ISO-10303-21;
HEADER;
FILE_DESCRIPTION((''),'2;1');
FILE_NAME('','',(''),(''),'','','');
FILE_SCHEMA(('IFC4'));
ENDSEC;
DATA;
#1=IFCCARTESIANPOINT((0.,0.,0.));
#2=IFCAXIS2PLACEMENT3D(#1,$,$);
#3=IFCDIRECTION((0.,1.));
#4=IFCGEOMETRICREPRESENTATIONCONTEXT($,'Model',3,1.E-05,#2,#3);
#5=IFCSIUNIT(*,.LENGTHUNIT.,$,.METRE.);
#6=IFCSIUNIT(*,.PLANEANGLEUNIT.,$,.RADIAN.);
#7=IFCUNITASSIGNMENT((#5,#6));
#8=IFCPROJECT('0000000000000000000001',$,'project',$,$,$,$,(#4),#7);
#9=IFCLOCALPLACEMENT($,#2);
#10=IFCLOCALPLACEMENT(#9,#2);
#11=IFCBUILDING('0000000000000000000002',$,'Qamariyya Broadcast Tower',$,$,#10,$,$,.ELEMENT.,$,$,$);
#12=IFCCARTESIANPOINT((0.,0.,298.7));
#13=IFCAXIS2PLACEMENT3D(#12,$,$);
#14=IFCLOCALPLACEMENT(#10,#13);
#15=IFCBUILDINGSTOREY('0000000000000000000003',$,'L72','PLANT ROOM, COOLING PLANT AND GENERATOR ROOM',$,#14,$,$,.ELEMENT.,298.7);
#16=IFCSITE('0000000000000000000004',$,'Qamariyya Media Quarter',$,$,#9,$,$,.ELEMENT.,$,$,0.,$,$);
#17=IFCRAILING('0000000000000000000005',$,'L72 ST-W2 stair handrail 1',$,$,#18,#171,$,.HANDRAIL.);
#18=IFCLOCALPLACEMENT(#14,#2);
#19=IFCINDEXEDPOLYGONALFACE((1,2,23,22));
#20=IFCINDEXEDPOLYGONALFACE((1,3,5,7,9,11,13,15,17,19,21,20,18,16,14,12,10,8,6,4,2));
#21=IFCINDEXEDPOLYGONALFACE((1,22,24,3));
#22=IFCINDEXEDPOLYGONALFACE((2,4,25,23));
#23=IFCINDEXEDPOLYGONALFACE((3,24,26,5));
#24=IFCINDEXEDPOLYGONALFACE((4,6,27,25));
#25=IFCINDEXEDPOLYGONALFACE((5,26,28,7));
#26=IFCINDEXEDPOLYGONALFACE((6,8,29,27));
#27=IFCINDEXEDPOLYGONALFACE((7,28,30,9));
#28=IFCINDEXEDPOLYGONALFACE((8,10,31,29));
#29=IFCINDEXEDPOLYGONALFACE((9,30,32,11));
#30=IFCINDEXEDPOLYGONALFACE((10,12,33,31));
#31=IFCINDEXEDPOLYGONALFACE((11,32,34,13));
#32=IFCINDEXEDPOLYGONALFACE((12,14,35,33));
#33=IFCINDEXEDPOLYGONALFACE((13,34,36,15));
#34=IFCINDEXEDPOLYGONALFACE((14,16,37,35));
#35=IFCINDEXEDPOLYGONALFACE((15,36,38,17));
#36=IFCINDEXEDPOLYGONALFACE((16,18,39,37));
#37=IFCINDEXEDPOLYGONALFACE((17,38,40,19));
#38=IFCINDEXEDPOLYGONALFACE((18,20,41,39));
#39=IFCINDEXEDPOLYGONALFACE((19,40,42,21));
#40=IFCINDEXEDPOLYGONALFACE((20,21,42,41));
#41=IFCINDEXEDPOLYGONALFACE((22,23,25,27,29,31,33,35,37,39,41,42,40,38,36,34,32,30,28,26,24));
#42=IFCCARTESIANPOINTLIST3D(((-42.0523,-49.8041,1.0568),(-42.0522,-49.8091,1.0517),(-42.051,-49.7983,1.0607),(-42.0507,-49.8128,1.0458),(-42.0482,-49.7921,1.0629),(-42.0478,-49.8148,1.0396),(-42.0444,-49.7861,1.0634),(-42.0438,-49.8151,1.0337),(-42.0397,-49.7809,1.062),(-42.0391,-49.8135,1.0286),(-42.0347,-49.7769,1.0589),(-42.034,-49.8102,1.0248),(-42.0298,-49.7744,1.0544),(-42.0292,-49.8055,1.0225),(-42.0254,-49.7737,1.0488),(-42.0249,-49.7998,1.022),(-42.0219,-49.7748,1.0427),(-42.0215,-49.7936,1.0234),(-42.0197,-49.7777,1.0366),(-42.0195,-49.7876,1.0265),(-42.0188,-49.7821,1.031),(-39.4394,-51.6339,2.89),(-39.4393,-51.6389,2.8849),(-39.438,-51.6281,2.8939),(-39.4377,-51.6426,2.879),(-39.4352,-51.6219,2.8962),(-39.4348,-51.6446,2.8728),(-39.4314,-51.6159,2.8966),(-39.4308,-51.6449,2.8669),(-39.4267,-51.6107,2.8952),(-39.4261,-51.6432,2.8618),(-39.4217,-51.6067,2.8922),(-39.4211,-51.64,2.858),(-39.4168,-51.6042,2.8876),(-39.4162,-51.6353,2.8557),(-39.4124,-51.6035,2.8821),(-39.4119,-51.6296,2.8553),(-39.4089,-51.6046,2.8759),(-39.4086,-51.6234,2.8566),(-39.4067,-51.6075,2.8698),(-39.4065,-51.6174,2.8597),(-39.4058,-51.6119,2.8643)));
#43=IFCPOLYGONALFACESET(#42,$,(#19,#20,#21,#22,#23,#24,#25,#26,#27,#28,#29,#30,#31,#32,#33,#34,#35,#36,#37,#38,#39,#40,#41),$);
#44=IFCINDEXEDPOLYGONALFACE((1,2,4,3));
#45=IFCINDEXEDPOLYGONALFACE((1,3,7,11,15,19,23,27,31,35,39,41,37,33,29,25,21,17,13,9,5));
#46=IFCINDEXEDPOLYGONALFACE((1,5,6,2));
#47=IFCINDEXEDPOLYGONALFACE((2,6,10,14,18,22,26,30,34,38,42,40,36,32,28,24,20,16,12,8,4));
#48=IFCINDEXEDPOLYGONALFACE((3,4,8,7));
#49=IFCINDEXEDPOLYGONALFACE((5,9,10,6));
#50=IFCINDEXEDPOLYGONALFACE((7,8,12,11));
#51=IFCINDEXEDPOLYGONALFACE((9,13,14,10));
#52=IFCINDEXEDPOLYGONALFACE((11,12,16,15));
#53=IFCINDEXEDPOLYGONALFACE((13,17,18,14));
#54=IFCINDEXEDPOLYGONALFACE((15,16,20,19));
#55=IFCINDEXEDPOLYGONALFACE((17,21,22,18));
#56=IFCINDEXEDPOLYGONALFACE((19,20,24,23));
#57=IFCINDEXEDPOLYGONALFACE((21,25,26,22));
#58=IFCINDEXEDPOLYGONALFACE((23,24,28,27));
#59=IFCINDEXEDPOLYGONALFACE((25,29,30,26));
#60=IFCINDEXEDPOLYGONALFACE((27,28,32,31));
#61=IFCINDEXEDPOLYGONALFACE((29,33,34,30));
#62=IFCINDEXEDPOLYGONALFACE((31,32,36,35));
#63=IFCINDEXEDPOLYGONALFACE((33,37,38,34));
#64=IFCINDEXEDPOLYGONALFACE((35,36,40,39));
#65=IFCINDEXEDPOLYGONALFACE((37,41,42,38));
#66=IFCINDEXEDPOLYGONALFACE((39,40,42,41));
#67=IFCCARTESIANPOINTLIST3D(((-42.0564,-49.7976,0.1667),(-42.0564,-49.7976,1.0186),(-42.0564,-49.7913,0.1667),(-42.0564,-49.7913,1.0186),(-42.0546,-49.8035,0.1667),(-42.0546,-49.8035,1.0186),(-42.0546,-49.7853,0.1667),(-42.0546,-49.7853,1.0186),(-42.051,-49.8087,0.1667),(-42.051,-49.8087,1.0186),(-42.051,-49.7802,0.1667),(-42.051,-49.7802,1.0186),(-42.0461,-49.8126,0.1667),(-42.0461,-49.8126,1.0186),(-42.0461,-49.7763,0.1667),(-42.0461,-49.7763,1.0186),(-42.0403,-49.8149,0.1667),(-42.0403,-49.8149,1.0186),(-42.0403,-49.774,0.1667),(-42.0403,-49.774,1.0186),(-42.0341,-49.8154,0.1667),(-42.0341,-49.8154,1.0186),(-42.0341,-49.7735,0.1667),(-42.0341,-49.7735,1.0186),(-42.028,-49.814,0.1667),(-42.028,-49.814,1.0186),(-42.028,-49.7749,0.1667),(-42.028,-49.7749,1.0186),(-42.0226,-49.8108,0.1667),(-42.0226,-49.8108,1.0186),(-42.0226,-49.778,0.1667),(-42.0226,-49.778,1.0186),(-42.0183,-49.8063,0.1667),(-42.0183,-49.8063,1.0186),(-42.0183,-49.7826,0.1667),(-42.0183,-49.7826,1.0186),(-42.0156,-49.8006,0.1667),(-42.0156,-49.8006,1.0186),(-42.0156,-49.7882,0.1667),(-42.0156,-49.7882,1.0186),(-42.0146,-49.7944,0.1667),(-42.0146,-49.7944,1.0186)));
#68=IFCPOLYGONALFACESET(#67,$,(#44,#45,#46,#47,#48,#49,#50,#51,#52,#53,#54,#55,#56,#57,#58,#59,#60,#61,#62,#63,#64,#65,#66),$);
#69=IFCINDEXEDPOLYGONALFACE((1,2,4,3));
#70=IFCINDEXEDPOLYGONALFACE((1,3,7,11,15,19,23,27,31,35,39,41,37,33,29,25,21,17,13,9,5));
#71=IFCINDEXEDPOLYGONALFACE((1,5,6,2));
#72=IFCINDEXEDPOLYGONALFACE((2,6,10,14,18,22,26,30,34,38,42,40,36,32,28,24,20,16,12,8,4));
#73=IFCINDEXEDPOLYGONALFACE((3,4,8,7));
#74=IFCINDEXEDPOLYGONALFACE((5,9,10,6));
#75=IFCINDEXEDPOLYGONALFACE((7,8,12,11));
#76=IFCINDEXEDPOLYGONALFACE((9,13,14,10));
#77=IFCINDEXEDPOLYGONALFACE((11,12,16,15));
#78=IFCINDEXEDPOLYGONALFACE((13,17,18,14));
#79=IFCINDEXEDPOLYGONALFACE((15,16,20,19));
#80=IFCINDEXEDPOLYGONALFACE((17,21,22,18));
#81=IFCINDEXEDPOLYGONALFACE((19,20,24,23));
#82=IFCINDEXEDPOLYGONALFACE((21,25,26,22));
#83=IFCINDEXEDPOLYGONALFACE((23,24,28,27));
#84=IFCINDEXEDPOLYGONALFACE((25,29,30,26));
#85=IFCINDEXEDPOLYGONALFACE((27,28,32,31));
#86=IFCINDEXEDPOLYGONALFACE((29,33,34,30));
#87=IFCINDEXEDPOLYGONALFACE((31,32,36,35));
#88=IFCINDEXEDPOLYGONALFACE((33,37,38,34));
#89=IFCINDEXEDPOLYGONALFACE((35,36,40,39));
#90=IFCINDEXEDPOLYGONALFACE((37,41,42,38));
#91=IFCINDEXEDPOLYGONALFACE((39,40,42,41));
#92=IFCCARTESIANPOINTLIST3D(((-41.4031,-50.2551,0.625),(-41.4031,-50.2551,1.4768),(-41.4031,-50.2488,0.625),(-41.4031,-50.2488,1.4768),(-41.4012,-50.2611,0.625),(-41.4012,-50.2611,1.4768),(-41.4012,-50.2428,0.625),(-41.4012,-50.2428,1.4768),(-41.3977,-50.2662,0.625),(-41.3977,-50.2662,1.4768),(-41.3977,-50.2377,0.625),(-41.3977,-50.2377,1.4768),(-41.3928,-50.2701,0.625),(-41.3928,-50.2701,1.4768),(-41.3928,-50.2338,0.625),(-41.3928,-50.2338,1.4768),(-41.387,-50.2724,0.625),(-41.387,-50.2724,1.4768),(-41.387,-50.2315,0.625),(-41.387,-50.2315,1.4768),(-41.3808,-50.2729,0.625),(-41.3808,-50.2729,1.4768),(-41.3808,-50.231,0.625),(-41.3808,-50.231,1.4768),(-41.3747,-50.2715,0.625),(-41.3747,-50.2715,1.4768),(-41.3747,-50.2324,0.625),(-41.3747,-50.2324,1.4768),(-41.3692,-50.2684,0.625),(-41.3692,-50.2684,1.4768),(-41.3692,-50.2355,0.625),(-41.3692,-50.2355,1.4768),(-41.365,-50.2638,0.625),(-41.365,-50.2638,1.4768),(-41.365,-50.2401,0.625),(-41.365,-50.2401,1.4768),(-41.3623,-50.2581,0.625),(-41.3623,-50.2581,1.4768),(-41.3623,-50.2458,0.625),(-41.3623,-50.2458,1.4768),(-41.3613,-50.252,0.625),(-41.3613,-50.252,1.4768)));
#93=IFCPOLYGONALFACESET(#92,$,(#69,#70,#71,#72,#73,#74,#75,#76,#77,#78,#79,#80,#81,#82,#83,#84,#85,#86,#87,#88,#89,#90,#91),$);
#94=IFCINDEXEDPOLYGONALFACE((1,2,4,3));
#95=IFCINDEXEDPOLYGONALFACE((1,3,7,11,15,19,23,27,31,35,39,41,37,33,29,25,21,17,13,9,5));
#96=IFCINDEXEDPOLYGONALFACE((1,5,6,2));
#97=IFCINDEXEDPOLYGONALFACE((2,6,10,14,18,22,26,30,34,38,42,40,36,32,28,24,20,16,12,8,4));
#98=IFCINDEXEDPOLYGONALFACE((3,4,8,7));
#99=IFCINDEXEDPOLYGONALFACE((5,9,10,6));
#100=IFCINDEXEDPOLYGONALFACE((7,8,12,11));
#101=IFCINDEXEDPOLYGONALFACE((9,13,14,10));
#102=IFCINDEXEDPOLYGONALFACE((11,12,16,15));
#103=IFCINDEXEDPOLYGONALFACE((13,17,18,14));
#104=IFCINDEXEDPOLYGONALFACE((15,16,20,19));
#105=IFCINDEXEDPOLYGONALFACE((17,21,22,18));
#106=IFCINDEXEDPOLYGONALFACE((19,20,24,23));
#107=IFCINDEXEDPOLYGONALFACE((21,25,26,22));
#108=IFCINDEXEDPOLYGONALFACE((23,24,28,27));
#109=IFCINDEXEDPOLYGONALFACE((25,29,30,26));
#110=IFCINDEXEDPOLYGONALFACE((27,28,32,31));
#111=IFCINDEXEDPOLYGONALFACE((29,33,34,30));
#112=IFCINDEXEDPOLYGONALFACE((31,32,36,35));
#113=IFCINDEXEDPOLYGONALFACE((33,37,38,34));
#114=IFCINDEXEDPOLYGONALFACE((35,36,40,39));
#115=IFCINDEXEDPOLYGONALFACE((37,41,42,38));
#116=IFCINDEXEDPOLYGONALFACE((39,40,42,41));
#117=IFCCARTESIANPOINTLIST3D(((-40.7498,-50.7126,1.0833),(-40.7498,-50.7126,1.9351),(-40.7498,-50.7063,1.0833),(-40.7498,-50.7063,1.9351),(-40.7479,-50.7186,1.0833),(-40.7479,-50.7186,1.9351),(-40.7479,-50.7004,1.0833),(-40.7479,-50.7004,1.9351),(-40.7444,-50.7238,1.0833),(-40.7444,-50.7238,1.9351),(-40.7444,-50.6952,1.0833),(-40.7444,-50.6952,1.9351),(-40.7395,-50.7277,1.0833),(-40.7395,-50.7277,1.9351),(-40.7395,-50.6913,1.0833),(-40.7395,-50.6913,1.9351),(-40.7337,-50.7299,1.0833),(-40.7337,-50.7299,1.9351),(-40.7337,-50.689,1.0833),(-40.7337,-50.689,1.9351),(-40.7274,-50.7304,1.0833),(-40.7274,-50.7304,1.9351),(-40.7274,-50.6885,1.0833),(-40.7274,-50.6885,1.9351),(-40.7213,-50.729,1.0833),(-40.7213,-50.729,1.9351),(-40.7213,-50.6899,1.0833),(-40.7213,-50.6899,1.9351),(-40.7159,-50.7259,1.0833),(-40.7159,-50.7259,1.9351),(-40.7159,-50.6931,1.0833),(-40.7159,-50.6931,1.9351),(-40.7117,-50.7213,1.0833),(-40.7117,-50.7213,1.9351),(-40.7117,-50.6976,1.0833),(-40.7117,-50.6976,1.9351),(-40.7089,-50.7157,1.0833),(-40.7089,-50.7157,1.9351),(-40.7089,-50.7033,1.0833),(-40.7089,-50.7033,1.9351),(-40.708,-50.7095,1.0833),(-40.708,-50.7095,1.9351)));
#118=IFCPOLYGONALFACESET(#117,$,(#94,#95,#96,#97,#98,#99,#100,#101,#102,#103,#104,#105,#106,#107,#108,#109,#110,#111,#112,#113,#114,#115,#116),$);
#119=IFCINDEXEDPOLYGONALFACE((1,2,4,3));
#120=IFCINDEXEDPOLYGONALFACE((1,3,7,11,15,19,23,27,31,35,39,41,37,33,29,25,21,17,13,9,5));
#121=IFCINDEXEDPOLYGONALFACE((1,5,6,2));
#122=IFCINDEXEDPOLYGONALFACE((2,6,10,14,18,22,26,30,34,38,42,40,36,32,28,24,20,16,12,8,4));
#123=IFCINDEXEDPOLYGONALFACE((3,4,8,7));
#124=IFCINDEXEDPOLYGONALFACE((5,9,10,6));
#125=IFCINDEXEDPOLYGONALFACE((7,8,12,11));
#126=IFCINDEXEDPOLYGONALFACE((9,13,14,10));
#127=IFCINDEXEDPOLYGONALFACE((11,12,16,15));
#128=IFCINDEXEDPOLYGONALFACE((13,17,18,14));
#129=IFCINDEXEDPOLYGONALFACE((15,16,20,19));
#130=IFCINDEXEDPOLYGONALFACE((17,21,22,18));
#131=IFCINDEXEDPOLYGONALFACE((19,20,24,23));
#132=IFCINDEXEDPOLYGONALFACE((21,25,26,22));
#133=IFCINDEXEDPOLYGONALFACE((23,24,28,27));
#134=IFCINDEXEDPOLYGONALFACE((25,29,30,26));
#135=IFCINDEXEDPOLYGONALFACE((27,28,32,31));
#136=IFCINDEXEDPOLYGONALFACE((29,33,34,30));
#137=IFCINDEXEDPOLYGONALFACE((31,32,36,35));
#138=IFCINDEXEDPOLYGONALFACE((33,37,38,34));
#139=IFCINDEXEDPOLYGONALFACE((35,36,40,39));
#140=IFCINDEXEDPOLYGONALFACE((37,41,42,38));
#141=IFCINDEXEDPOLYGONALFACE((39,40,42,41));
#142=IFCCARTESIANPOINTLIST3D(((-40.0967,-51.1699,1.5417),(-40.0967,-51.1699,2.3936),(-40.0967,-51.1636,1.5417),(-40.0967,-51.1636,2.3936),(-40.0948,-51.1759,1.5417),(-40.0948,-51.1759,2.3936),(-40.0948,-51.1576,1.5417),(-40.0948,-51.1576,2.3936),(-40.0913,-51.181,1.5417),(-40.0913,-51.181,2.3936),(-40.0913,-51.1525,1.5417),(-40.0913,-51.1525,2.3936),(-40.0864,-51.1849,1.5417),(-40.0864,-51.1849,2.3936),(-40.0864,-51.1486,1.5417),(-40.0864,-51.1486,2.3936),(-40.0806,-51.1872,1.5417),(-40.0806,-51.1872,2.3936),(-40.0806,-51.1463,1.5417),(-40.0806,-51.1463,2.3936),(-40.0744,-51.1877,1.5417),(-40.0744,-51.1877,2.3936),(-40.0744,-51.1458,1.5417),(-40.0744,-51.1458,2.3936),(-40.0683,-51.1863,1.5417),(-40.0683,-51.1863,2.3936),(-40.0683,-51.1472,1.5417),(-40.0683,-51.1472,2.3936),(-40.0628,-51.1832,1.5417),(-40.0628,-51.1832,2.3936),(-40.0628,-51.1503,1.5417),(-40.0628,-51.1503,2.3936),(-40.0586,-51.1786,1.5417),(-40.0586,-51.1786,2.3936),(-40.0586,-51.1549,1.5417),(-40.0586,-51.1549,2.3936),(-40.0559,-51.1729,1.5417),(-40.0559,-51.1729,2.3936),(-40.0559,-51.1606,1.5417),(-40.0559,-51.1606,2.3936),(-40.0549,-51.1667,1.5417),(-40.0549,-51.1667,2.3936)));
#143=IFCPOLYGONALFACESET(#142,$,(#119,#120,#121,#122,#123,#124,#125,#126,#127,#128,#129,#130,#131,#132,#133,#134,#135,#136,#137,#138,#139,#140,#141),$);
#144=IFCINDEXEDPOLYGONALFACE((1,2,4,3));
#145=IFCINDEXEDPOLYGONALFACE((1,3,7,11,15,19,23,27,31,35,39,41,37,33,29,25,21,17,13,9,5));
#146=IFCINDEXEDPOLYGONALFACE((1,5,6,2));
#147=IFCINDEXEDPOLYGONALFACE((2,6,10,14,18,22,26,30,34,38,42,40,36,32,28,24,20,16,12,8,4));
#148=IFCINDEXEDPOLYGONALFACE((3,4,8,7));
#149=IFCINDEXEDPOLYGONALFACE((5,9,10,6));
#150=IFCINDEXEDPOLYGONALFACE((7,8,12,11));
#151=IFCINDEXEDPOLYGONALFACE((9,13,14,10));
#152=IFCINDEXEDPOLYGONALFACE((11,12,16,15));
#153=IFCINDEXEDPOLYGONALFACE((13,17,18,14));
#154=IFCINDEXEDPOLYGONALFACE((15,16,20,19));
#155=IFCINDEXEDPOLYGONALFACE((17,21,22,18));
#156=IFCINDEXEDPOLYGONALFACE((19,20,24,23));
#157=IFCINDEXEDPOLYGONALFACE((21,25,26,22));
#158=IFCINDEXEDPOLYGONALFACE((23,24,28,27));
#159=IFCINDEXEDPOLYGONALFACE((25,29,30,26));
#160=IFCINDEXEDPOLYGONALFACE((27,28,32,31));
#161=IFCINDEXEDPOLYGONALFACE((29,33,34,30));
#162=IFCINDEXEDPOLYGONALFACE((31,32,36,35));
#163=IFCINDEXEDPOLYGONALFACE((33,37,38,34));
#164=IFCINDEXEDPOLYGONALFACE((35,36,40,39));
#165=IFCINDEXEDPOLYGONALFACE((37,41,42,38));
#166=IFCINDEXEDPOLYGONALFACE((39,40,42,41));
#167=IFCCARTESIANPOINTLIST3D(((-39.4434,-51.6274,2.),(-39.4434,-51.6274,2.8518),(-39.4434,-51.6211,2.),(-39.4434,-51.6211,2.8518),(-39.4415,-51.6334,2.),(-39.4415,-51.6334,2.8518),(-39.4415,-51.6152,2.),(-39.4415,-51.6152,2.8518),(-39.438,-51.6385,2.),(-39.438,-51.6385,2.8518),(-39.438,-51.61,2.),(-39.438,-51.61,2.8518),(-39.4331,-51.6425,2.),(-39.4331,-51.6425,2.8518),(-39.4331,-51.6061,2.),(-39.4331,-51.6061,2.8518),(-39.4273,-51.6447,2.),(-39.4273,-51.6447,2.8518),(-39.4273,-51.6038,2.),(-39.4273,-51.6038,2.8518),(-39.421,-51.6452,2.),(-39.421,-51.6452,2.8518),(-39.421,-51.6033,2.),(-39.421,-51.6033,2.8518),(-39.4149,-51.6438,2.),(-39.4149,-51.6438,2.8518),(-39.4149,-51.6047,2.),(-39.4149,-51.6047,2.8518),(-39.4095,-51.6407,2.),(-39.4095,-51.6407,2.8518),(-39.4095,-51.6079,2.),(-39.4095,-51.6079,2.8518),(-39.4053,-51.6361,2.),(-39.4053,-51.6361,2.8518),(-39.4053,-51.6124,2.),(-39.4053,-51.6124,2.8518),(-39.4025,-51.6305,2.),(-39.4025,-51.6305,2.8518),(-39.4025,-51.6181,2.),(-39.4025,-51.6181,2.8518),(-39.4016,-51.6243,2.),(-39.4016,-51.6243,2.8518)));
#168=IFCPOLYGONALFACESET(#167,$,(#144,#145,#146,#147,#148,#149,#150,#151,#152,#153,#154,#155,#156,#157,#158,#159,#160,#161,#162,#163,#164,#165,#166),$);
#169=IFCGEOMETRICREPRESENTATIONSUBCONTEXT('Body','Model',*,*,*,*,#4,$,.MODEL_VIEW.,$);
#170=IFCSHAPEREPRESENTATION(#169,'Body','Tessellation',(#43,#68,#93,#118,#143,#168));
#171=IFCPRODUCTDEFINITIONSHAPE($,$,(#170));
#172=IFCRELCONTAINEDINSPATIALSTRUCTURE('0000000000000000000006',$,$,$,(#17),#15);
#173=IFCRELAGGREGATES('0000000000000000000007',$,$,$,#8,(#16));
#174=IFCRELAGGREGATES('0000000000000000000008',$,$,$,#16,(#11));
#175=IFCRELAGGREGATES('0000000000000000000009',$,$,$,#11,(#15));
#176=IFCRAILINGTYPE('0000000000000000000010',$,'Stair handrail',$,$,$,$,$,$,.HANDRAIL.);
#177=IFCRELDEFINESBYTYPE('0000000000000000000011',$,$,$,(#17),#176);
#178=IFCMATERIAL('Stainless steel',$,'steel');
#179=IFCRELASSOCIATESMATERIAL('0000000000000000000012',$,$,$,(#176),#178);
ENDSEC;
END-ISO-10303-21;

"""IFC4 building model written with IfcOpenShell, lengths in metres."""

from ifc_helpers import new_model, si_unit, direction, frame, origin, origin_2d, place, context, subcontext, project, spatial, circle, extrude, material, type_object, element, save


model = new_model("IFC4")

# Units and contexts
model_context = context("Model", 3, precision=1e-05, world=origin(), true_north=direction((0.0, 1.0)))
body_context = subcontext(model_context, "Body", "Model", "MODEL_VIEW")
ifc_project = project(units=[si_unit("LENGTHUNIT", "METRE"), si_unit("PLANEANGLEUNIT", "RADIAN")], contexts=[model_context])

# Site, building, storey
site_placement = place(None, origin())
site = spatial("IfcSite", under=ifc_project, at=site_placement, Name="Qamariyya Media Quarter", CompositionType="ELEMENT", RefElevation=0.0)
building_placement = place(site_placement, origin())
building = spatial("IfcBuilding", under=site, at=building_placement, Name="Qamariyya Broadcast Tower", CompositionType="ELEMENT")
storey_placement = place(building_placement, frame((0.0, 0.0, 298.7)))
storey = spatial("IfcBuildingStorey", under=building, at=storey_placement, Name="L72", Description="PLANT ROOM, COOLING PLANT AND GENERATOR ROOM", CompositionType="ELEMENT", Elevation=298.7)

# Railing
ifc_material_1 = material(Name="Stainless steel", Category="steel")
railing_type_1 = type_object("IfcRailingType", Name="Stair handrail", PredefinedType="HANDRAIL", material=ifc_material_1)
railing_1_placement = place(storey_placement, frame((-42.0356, -49.7944, 0.1667)))
element("IfcRailing", 1, at=railing_1_placement, inside=storey, type_object=railing_type_1, Name="L72 ST-W2 stair handrail 1", PredefinedType="HANDRAIL", context=body_context, shape_type="SweptSolid", body=[
    extrude(circle(Radius=0.0239, at=origin_2d()), frame((0.0, 0.0, 0.876), z_axis=(0.710204, -0.497335, 0.498264), x_axis=(0.573611, 0.819128, 0.0)), (0.0, 0.0, 1.0), 3.6792),
    extrude(circle(Radius=0.021, at=origin_2d()), origin(), (0.0, 0.0, 1.0), 0.8518),
    extrude(circle(Radius=0.021, at=origin_2d()), frame((0.6533, -0.4575, 0.4583)), (0.0, 0.0, 1.0), 0.8518),
    extrude(circle(Radius=0.021, at=origin_2d()), frame((1.3066, -0.915, 0.9165)), (0.0, 0.0, 1.0), 0.8518),
    extrude(circle(Radius=0.021, at=origin_2d()), frame((1.9597, -1.3723, 1.375)), (0.0, 0.0, 1.0), 0.8518),
    extrude(circle(Radius=0.021, at=origin_2d()), frame((2.613, -1.8298, 1.8333)), (0.0, 0.0, 1.0), 0.8518),
])

save(model, "model.ifc")
